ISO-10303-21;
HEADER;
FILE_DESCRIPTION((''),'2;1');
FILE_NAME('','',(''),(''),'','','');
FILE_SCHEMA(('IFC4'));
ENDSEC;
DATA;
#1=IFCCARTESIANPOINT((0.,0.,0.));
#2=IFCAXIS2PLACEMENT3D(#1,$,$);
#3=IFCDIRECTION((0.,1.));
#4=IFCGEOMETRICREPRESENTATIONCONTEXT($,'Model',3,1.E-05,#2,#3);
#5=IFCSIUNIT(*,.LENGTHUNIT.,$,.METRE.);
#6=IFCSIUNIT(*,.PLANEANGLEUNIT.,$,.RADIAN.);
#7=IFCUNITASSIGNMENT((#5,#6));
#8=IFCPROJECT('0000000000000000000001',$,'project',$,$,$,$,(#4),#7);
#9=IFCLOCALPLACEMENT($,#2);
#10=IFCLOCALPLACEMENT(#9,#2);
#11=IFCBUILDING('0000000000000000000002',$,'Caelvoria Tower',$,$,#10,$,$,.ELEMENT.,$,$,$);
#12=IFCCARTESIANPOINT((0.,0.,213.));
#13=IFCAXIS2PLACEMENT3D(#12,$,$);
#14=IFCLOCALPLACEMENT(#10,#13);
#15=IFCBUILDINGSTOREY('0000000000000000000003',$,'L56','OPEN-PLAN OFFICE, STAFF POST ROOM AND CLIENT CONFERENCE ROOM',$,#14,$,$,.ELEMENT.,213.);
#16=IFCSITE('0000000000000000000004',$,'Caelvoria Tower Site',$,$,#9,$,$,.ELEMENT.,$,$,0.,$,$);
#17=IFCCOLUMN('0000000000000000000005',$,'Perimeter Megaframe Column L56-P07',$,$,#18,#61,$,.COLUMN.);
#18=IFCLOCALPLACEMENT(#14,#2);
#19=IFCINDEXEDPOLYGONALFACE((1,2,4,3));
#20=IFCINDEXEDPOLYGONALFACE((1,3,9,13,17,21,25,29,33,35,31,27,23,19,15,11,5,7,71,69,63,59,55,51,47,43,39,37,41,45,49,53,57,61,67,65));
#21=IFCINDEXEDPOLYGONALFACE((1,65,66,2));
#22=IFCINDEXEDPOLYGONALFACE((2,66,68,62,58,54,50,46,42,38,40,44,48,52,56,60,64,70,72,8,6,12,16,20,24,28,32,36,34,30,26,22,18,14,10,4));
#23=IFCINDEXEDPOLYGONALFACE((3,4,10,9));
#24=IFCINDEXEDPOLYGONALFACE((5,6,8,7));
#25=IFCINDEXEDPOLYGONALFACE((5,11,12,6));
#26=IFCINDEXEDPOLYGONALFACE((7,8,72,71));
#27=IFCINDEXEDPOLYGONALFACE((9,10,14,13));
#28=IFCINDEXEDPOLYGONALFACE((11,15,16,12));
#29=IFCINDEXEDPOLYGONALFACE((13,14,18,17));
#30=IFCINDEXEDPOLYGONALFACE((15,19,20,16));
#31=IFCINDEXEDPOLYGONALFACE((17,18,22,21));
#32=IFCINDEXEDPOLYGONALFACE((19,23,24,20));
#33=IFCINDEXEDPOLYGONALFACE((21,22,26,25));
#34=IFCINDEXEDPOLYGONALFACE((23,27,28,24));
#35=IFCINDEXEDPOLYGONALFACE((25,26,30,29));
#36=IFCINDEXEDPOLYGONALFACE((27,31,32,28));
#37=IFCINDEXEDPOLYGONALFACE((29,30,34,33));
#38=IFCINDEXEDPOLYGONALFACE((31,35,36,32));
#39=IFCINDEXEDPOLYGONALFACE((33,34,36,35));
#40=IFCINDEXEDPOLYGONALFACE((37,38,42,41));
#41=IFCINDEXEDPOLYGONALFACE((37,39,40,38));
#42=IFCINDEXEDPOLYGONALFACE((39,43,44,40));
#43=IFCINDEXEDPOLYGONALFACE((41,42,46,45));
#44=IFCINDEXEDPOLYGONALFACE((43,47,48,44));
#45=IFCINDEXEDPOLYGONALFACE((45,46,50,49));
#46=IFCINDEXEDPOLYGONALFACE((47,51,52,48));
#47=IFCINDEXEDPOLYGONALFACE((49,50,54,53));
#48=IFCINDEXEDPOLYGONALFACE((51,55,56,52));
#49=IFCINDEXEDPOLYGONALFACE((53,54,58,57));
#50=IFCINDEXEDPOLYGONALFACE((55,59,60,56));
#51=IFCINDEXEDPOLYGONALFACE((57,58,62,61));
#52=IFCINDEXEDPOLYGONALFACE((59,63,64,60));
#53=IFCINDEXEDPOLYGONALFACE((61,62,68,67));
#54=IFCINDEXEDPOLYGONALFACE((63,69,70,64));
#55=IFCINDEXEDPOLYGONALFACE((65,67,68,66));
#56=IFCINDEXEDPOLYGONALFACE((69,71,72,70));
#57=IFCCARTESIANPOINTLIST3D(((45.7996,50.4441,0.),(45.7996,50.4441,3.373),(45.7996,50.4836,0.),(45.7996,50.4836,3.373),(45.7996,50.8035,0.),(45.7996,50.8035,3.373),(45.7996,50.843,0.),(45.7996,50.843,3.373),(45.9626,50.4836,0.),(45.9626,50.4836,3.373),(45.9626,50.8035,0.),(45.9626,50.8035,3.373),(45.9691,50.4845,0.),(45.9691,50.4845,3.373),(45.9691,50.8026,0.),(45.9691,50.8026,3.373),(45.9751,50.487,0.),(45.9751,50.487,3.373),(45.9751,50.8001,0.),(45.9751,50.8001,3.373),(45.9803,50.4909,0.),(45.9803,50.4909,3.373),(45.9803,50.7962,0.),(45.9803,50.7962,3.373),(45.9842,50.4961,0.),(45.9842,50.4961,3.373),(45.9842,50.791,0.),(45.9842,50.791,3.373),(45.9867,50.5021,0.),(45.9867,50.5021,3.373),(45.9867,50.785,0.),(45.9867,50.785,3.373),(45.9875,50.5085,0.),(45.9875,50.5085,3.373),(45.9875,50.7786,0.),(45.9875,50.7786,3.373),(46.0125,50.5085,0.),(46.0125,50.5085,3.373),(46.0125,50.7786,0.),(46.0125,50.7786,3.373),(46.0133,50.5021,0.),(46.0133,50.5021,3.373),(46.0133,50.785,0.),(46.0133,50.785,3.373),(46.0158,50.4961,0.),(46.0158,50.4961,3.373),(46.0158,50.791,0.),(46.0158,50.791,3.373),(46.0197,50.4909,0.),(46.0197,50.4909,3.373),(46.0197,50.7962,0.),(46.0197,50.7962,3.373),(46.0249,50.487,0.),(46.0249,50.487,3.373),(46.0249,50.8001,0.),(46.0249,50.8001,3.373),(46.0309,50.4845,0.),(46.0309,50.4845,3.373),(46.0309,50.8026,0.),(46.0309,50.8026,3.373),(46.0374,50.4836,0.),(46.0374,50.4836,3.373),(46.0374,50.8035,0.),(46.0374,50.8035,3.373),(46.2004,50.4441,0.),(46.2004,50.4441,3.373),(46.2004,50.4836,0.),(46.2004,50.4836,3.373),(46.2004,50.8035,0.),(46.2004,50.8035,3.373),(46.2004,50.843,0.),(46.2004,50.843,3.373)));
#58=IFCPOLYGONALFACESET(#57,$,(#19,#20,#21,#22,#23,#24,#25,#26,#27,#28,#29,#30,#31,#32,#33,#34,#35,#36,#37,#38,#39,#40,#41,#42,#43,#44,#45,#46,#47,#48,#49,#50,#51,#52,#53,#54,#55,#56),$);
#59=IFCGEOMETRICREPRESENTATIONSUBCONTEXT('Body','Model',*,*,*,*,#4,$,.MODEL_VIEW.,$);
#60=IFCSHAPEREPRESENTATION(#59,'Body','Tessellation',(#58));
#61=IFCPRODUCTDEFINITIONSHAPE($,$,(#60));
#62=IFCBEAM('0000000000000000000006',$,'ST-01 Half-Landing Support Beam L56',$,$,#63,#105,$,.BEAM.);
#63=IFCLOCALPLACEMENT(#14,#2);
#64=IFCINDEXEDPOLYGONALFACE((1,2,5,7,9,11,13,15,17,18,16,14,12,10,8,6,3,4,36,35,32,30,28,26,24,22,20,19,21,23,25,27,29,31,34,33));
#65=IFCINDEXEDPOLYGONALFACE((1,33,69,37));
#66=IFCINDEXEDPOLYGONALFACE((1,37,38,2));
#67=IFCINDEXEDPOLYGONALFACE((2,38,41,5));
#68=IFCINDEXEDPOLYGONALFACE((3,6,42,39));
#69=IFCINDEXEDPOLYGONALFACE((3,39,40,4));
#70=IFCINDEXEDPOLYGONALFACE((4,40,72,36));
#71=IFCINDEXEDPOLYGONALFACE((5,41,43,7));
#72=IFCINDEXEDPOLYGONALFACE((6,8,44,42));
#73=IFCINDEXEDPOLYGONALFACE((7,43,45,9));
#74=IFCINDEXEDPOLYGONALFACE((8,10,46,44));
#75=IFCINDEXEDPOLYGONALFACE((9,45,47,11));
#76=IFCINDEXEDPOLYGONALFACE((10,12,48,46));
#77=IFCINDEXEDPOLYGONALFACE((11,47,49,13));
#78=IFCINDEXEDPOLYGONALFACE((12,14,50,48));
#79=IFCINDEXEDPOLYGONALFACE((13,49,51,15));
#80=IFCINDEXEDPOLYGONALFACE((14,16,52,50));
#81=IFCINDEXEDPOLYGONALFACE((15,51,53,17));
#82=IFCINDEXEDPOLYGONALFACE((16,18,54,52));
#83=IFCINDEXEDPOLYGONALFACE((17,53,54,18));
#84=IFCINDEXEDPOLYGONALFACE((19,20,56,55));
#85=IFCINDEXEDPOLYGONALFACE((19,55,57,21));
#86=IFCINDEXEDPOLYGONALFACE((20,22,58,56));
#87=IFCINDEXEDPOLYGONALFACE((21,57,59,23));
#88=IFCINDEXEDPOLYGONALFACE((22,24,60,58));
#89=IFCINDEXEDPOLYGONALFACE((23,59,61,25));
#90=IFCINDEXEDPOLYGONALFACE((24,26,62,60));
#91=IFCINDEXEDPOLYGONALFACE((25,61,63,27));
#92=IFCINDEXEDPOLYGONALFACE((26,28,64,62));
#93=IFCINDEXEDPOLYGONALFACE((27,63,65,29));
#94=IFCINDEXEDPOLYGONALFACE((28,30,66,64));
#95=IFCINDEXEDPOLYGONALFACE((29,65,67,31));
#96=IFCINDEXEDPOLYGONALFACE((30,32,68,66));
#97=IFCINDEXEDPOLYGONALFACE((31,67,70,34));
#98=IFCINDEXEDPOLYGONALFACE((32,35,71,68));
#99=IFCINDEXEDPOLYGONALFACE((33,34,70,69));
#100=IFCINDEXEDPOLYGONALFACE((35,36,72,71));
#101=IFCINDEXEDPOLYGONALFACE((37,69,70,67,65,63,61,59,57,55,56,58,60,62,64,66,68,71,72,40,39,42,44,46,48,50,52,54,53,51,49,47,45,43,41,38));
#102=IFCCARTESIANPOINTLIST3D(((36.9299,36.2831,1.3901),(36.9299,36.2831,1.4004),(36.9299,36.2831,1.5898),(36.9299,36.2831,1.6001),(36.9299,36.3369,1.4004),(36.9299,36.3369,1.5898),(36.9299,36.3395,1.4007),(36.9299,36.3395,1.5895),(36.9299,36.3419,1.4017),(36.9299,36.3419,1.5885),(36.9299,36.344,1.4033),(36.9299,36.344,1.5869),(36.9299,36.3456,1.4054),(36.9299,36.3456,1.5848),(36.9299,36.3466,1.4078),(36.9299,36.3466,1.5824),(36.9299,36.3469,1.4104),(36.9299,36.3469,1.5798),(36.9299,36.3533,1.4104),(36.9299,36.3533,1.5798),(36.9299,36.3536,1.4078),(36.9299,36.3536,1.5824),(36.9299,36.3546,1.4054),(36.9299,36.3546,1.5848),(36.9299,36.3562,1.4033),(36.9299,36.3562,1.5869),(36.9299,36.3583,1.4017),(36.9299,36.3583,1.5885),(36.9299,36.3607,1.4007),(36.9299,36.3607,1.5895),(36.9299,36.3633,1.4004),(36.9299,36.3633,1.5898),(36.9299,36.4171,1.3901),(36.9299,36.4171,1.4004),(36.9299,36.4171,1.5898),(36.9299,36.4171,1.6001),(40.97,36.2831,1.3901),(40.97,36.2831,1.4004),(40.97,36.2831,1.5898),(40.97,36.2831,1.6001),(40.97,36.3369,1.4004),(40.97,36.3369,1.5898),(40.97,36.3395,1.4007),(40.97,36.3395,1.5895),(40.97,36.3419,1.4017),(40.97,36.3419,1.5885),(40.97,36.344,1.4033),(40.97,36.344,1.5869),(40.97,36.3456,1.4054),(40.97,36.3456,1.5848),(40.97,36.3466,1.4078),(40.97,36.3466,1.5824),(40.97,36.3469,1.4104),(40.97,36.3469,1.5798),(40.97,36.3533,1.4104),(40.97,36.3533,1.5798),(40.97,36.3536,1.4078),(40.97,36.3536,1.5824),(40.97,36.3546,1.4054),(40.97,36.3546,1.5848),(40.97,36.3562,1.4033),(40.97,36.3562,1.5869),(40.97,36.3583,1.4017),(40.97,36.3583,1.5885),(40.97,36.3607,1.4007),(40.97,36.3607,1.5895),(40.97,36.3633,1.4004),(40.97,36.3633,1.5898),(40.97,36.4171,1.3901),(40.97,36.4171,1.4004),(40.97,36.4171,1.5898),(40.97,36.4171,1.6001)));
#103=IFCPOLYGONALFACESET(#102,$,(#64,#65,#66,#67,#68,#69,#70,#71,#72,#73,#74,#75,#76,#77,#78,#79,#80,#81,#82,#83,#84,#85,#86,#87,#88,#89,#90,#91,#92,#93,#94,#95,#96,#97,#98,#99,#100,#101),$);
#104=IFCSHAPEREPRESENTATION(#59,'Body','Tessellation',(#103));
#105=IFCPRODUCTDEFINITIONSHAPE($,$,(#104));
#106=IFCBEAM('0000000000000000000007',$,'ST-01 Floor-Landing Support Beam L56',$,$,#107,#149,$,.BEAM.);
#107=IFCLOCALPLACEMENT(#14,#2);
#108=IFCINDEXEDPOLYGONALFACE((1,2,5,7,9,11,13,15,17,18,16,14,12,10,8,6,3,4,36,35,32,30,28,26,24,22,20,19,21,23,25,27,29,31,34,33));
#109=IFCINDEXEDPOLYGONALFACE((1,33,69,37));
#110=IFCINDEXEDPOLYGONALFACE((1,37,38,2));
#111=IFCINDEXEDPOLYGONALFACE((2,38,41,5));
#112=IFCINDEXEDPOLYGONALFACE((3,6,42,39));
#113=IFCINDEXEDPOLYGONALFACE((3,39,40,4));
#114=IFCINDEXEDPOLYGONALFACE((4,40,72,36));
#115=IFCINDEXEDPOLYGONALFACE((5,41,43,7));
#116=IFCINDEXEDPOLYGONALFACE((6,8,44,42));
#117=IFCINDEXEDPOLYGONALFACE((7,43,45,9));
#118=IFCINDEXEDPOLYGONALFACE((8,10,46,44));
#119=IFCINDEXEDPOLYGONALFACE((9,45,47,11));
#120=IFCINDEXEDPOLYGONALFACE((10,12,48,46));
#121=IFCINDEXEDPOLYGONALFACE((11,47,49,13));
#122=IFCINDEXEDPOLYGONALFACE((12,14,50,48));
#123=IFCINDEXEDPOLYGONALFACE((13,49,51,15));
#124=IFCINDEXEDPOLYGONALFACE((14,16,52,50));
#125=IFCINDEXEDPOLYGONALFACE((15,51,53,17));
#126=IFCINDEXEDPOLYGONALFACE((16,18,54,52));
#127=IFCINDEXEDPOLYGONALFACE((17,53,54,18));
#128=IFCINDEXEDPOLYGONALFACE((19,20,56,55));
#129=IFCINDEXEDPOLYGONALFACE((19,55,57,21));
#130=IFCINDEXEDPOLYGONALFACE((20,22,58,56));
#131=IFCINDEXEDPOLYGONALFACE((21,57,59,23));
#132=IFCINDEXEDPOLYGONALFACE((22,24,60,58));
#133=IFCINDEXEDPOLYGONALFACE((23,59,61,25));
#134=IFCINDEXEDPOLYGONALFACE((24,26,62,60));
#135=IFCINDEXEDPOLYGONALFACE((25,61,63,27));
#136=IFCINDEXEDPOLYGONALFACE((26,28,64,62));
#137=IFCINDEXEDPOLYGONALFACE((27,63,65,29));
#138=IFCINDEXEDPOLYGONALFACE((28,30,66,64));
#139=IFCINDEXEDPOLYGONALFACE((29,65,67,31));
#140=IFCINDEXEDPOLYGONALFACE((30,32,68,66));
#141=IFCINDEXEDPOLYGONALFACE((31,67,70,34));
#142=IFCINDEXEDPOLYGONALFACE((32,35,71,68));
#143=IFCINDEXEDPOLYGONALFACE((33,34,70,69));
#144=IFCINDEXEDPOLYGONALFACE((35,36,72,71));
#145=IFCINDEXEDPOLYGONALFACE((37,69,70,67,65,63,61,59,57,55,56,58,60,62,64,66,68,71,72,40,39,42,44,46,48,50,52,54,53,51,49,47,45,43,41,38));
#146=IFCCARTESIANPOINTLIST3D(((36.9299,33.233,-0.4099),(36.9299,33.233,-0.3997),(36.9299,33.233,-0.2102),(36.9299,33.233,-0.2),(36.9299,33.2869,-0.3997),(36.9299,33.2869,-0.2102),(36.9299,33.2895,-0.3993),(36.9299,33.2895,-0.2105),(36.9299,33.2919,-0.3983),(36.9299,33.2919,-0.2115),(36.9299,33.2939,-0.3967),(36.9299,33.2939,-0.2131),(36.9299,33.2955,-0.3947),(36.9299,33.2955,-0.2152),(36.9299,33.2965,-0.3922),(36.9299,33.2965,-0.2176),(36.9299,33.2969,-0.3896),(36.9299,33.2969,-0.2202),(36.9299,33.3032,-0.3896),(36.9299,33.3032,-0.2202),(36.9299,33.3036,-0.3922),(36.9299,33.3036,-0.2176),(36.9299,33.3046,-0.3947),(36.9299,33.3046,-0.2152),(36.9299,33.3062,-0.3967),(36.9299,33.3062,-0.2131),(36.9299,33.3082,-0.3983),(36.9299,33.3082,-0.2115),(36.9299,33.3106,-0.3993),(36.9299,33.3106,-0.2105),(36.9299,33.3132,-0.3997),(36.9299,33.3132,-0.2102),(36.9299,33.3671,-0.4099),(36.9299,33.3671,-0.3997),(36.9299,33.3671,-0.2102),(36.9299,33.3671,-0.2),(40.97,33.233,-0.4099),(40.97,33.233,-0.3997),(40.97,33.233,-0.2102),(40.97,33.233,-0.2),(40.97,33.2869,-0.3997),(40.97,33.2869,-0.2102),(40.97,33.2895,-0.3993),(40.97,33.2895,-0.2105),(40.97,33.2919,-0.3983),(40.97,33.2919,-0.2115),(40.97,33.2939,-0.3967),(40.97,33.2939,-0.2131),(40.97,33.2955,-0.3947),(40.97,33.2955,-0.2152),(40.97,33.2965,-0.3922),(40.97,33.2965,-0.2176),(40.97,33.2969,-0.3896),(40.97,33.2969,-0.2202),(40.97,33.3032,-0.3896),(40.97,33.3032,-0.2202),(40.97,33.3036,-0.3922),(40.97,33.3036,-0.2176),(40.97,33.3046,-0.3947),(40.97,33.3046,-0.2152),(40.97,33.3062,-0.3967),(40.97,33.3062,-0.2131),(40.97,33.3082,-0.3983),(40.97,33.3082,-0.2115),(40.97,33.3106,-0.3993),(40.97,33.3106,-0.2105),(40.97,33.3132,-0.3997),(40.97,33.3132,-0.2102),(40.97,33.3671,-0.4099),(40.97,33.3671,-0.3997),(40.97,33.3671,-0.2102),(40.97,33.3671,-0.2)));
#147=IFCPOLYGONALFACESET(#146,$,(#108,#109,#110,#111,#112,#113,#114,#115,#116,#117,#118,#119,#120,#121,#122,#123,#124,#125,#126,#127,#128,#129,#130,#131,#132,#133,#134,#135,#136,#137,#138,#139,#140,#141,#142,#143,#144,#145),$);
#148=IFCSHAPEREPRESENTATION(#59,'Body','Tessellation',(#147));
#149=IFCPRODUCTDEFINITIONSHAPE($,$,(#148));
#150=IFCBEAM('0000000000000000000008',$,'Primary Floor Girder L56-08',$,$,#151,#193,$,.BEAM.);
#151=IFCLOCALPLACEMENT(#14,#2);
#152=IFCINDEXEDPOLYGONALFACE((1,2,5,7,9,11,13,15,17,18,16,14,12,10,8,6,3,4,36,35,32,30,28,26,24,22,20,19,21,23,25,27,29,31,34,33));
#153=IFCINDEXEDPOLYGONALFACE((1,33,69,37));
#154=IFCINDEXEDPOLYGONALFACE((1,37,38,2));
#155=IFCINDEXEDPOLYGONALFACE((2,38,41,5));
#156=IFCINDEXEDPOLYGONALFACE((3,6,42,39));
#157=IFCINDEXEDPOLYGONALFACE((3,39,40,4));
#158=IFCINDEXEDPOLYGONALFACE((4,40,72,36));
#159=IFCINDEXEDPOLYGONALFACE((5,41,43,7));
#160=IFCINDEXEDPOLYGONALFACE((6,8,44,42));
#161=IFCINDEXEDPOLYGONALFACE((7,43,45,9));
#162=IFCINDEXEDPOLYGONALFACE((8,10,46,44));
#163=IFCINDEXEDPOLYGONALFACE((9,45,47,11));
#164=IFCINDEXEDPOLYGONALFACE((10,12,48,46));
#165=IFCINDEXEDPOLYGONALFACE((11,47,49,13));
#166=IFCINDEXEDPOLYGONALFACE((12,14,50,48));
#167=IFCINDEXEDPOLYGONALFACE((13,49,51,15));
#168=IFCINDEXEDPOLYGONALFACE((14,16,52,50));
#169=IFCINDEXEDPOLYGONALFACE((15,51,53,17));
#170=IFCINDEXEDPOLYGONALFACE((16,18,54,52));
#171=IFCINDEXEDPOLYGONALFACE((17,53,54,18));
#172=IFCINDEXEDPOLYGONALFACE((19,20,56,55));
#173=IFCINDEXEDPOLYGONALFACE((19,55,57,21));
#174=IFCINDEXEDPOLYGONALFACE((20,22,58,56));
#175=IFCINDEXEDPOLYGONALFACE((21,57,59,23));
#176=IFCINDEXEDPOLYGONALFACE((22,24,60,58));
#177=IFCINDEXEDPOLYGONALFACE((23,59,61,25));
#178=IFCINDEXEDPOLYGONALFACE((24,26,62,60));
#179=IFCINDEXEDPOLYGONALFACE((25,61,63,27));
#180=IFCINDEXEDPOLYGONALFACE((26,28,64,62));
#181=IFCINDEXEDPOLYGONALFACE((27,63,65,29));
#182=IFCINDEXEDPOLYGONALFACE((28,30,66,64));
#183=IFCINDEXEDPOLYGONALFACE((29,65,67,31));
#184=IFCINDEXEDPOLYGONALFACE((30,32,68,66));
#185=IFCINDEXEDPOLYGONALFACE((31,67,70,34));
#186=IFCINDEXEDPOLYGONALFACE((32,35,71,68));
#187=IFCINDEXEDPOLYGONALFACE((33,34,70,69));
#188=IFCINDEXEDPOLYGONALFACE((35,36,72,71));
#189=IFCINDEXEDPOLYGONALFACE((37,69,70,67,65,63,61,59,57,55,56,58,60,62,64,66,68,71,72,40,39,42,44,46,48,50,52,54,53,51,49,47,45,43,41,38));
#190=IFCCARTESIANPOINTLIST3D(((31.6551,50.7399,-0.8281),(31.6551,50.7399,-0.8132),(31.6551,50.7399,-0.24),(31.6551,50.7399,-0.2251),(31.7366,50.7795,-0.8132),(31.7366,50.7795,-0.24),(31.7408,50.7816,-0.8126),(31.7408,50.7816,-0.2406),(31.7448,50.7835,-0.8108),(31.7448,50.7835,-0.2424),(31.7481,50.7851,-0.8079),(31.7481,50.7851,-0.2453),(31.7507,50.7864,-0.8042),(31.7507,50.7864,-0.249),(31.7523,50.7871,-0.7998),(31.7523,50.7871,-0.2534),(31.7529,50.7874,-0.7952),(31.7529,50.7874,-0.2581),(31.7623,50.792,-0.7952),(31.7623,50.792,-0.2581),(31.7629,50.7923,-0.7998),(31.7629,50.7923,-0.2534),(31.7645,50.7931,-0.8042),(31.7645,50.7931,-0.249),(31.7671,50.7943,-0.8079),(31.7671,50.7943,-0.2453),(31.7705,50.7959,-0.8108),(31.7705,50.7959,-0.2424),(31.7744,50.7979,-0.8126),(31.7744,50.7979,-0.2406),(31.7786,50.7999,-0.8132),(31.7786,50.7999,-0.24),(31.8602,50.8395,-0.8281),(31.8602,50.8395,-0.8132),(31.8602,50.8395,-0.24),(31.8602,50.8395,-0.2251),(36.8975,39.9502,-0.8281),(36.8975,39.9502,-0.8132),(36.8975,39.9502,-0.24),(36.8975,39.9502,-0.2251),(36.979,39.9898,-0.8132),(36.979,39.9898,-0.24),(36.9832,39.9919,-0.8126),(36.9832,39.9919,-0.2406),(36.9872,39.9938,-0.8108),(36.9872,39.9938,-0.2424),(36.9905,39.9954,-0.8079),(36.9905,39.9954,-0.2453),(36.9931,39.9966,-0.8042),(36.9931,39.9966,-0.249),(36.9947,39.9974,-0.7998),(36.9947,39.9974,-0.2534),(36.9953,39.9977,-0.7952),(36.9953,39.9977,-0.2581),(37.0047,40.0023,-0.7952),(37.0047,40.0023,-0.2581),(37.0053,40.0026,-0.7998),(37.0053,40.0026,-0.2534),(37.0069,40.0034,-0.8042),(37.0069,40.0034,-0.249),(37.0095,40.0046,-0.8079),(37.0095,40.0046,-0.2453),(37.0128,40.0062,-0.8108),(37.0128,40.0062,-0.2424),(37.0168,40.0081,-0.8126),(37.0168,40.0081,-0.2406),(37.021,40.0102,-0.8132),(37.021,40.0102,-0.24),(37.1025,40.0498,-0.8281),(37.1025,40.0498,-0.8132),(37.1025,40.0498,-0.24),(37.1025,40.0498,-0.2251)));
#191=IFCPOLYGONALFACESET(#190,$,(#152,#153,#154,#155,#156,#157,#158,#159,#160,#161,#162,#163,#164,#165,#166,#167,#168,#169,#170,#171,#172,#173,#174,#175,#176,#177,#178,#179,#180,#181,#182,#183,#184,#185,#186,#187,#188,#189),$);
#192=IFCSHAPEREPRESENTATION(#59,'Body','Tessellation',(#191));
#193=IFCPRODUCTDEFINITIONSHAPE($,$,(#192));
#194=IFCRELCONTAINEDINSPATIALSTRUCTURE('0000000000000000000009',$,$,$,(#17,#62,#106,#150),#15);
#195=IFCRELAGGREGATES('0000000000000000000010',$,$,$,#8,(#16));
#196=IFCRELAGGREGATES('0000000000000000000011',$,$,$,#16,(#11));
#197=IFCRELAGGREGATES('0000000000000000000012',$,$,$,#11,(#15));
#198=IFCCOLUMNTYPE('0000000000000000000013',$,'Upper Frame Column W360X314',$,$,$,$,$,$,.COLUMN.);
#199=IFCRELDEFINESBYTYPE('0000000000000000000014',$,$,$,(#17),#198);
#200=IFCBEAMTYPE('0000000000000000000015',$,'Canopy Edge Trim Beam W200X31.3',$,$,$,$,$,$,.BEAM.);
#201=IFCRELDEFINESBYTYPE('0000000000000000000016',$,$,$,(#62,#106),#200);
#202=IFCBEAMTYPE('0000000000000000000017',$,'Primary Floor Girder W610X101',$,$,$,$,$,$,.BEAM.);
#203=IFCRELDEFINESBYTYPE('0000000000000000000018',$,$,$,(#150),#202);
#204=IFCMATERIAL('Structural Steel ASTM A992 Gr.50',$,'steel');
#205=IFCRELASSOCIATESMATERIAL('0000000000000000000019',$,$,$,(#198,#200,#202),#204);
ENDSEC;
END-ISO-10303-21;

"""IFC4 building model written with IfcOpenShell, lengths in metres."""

from ifc_helpers import new_model, si_unit, direction, frame, origin, origin_2d, place, context, subcontext, project, spatial, i_section, extrude, material, material_profile, profile_set, type_object, element, save


model = new_model("IFC4")

# Units and contexts
model_context = context("Model", 3, precision=1e-05, world=origin(), true_north=direction((0.0, 1.0)))
body_context = subcontext(model_context, "Body", "Model", "MODEL_VIEW")
ifc_project = project(units=[si_unit("LENGTHUNIT", "METRE"), si_unit("PLANEANGLEUNIT", "RADIAN")], contexts=[model_context])

# Site, building, storey
site_placement = place(None, origin())
site = spatial("IfcSite", under=ifc_project, at=site_placement, Name="Caelvoria Tower Site", CompositionType="ELEMENT", RefElevation=0.0)
building_placement = place(site_placement, origin())
building = spatial("IfcBuilding", under=site, at=building_placement, Name="Caelvoria Tower", CompositionType="ELEMENT")
storey_placement = place(building_placement, frame((0.0, 0.0, 213.0)))
storey = spatial("IfcBuildingStorey", under=building, at=storey_placement, Name="L56", Description="OPEN-PLAN OFFICE, STAFF POST ROOM AND CLIENT CONFERENCE ROOM", CompositionType="ELEMENT", Elevation=213.0)

# Column
ifc_material_1 = material(Name="Structural Steel ASTM A992 Gr.50", Category="steel")
ifc_material_profile_1 = material_profile(ifc_material_1, i_section(OverallWidth=0.4009, OverallDepth=0.3989, WebThickness=0.0249, FlangeThickness=0.0396, FilletRadius=0.0249, at=origin_2d()), Name="Structural Steel ASTM A992 Gr.50")
ifc_profile_set_1 = profile_set([ifc_material_profile_1], Name="W360X314 - Structural Steel ASTM A992 Gr.50")
column_type = type_object("IfcColumnType", Name="Upper Frame Column W360X314", PredefinedType="COLUMN", material=ifc_profile_set_1)
column_placement = place(storey_placement, frame((46.0, 50.6436, 0.0), z_axis=(0.0, 0.0, 1.0), x_axis=(1.0, 0.0, 0.0)))
element("IfcColumn", 1, at=column_placement, inside=storey, type_object=column_type, Name="Perimeter Megaframe Column L56-P07", PredefinedType="COLUMN", context=body_context, shape_type="SweptSolid", body=[
    extrude(i_section(OverallWidth=0.4009, OverallDepth=0.3989, WebThickness=0.0249, FlangeThickness=0.0396, FilletRadius=0.0249, at=origin_2d()), origin(), (0.0, 0.0, 1.0), 3.373),
])

# Beams
ifc_material_profile_2 = material_profile(ifc_material_1, i_section(OverallWidth=0.134, OverallDepth=0.21, WebThickness=0.0063, FlangeThickness=0.0103, FilletRadius=0.01, at=origin_2d()), Name="Structural Steel ASTM A992 Gr.50")
ifc_profile_set_2 = profile_set([ifc_material_profile_2], Name="W200X31.3 - Structural Steel ASTM A992 Gr.50")
beam_type_1 = type_object("IfcBeamType", Name="Canopy Edge Trim Beam W200X31.3", PredefinedType="BEAM", material=ifc_profile_set_2)
for number, where, z_axis, x_axis, name in (
    (2, (36.9299, 36.3501, 1.4951), (1.0, 0.0, 0.0), (0.0, 1.0, 0.0), "ST-01 Half-Landing Support Beam L56"),
    (3, (36.9299, 33.3, -0.3049), (1.0, 0.0, 0.0), (0.0, 1.0, 0.0), "ST-01 Floor-Landing Support Beam L56"),
):
    element("IfcBeam", number, at=place(storey_placement, frame(where, z_axis=z_axis, x_axis=x_axis)), inside=storey, type_object=beam_type_1, Name=name, PredefinedType="BEAM", context=body_context, shape_type="SweptSolid", body=[
        extrude(i_section(OverallWidth=0.134, OverallDepth=0.21, WebThickness=0.0063, FlangeThickness=0.0103, FilletRadius=0.01, at=origin_2d()), origin(), (0.0, 0.0, 1.0), 4.04),
    ])
ifc_material_profile_3 = material_profile(ifc_material_1, i_section(OverallWidth=0.228, OverallDepth=0.603, WebThickness=0.0105, FlangeThickness=0.0149, FilletRadius=0.0181, at=origin_2d()), Name="Structural Steel ASTM A992 Gr.50")
ifc_profile_set_3 = profile_set([ifc_material_profile_3], Name="W610X101 - Structural Steel ASTM A992 Gr.50")
beam_type_2 = type_object("IfcBeamType", Name="Primary Floor Girder W610X101", PredefinedType="BEAM", material=ifc_profile_set_3)
beam_1_placement = place(storey_placement, frame((37.0, 40.0, -0.5266), z_axis=(-0.437017, 0.899453, 0.0), x_axis=(-0.899453, -0.437017, 0.0)))
element("IfcBeam", 4, at=beam_1_placement, inside=storey, type_object=beam_type_2, Name="Primary Floor Girder L56-08", PredefinedType="BEAM", context=body_context, shape_type="SweptSolid", body=[
    extrude(i_section(OverallWidth=0.228, OverallDepth=0.603, WebThickness=0.0105, FlangeThickness=0.0149, FilletRadius=0.0181, at=origin_2d()), origin(), (0.0, 0.0, 1.0), 11.9958),
])

save(model, "model.ifc")
